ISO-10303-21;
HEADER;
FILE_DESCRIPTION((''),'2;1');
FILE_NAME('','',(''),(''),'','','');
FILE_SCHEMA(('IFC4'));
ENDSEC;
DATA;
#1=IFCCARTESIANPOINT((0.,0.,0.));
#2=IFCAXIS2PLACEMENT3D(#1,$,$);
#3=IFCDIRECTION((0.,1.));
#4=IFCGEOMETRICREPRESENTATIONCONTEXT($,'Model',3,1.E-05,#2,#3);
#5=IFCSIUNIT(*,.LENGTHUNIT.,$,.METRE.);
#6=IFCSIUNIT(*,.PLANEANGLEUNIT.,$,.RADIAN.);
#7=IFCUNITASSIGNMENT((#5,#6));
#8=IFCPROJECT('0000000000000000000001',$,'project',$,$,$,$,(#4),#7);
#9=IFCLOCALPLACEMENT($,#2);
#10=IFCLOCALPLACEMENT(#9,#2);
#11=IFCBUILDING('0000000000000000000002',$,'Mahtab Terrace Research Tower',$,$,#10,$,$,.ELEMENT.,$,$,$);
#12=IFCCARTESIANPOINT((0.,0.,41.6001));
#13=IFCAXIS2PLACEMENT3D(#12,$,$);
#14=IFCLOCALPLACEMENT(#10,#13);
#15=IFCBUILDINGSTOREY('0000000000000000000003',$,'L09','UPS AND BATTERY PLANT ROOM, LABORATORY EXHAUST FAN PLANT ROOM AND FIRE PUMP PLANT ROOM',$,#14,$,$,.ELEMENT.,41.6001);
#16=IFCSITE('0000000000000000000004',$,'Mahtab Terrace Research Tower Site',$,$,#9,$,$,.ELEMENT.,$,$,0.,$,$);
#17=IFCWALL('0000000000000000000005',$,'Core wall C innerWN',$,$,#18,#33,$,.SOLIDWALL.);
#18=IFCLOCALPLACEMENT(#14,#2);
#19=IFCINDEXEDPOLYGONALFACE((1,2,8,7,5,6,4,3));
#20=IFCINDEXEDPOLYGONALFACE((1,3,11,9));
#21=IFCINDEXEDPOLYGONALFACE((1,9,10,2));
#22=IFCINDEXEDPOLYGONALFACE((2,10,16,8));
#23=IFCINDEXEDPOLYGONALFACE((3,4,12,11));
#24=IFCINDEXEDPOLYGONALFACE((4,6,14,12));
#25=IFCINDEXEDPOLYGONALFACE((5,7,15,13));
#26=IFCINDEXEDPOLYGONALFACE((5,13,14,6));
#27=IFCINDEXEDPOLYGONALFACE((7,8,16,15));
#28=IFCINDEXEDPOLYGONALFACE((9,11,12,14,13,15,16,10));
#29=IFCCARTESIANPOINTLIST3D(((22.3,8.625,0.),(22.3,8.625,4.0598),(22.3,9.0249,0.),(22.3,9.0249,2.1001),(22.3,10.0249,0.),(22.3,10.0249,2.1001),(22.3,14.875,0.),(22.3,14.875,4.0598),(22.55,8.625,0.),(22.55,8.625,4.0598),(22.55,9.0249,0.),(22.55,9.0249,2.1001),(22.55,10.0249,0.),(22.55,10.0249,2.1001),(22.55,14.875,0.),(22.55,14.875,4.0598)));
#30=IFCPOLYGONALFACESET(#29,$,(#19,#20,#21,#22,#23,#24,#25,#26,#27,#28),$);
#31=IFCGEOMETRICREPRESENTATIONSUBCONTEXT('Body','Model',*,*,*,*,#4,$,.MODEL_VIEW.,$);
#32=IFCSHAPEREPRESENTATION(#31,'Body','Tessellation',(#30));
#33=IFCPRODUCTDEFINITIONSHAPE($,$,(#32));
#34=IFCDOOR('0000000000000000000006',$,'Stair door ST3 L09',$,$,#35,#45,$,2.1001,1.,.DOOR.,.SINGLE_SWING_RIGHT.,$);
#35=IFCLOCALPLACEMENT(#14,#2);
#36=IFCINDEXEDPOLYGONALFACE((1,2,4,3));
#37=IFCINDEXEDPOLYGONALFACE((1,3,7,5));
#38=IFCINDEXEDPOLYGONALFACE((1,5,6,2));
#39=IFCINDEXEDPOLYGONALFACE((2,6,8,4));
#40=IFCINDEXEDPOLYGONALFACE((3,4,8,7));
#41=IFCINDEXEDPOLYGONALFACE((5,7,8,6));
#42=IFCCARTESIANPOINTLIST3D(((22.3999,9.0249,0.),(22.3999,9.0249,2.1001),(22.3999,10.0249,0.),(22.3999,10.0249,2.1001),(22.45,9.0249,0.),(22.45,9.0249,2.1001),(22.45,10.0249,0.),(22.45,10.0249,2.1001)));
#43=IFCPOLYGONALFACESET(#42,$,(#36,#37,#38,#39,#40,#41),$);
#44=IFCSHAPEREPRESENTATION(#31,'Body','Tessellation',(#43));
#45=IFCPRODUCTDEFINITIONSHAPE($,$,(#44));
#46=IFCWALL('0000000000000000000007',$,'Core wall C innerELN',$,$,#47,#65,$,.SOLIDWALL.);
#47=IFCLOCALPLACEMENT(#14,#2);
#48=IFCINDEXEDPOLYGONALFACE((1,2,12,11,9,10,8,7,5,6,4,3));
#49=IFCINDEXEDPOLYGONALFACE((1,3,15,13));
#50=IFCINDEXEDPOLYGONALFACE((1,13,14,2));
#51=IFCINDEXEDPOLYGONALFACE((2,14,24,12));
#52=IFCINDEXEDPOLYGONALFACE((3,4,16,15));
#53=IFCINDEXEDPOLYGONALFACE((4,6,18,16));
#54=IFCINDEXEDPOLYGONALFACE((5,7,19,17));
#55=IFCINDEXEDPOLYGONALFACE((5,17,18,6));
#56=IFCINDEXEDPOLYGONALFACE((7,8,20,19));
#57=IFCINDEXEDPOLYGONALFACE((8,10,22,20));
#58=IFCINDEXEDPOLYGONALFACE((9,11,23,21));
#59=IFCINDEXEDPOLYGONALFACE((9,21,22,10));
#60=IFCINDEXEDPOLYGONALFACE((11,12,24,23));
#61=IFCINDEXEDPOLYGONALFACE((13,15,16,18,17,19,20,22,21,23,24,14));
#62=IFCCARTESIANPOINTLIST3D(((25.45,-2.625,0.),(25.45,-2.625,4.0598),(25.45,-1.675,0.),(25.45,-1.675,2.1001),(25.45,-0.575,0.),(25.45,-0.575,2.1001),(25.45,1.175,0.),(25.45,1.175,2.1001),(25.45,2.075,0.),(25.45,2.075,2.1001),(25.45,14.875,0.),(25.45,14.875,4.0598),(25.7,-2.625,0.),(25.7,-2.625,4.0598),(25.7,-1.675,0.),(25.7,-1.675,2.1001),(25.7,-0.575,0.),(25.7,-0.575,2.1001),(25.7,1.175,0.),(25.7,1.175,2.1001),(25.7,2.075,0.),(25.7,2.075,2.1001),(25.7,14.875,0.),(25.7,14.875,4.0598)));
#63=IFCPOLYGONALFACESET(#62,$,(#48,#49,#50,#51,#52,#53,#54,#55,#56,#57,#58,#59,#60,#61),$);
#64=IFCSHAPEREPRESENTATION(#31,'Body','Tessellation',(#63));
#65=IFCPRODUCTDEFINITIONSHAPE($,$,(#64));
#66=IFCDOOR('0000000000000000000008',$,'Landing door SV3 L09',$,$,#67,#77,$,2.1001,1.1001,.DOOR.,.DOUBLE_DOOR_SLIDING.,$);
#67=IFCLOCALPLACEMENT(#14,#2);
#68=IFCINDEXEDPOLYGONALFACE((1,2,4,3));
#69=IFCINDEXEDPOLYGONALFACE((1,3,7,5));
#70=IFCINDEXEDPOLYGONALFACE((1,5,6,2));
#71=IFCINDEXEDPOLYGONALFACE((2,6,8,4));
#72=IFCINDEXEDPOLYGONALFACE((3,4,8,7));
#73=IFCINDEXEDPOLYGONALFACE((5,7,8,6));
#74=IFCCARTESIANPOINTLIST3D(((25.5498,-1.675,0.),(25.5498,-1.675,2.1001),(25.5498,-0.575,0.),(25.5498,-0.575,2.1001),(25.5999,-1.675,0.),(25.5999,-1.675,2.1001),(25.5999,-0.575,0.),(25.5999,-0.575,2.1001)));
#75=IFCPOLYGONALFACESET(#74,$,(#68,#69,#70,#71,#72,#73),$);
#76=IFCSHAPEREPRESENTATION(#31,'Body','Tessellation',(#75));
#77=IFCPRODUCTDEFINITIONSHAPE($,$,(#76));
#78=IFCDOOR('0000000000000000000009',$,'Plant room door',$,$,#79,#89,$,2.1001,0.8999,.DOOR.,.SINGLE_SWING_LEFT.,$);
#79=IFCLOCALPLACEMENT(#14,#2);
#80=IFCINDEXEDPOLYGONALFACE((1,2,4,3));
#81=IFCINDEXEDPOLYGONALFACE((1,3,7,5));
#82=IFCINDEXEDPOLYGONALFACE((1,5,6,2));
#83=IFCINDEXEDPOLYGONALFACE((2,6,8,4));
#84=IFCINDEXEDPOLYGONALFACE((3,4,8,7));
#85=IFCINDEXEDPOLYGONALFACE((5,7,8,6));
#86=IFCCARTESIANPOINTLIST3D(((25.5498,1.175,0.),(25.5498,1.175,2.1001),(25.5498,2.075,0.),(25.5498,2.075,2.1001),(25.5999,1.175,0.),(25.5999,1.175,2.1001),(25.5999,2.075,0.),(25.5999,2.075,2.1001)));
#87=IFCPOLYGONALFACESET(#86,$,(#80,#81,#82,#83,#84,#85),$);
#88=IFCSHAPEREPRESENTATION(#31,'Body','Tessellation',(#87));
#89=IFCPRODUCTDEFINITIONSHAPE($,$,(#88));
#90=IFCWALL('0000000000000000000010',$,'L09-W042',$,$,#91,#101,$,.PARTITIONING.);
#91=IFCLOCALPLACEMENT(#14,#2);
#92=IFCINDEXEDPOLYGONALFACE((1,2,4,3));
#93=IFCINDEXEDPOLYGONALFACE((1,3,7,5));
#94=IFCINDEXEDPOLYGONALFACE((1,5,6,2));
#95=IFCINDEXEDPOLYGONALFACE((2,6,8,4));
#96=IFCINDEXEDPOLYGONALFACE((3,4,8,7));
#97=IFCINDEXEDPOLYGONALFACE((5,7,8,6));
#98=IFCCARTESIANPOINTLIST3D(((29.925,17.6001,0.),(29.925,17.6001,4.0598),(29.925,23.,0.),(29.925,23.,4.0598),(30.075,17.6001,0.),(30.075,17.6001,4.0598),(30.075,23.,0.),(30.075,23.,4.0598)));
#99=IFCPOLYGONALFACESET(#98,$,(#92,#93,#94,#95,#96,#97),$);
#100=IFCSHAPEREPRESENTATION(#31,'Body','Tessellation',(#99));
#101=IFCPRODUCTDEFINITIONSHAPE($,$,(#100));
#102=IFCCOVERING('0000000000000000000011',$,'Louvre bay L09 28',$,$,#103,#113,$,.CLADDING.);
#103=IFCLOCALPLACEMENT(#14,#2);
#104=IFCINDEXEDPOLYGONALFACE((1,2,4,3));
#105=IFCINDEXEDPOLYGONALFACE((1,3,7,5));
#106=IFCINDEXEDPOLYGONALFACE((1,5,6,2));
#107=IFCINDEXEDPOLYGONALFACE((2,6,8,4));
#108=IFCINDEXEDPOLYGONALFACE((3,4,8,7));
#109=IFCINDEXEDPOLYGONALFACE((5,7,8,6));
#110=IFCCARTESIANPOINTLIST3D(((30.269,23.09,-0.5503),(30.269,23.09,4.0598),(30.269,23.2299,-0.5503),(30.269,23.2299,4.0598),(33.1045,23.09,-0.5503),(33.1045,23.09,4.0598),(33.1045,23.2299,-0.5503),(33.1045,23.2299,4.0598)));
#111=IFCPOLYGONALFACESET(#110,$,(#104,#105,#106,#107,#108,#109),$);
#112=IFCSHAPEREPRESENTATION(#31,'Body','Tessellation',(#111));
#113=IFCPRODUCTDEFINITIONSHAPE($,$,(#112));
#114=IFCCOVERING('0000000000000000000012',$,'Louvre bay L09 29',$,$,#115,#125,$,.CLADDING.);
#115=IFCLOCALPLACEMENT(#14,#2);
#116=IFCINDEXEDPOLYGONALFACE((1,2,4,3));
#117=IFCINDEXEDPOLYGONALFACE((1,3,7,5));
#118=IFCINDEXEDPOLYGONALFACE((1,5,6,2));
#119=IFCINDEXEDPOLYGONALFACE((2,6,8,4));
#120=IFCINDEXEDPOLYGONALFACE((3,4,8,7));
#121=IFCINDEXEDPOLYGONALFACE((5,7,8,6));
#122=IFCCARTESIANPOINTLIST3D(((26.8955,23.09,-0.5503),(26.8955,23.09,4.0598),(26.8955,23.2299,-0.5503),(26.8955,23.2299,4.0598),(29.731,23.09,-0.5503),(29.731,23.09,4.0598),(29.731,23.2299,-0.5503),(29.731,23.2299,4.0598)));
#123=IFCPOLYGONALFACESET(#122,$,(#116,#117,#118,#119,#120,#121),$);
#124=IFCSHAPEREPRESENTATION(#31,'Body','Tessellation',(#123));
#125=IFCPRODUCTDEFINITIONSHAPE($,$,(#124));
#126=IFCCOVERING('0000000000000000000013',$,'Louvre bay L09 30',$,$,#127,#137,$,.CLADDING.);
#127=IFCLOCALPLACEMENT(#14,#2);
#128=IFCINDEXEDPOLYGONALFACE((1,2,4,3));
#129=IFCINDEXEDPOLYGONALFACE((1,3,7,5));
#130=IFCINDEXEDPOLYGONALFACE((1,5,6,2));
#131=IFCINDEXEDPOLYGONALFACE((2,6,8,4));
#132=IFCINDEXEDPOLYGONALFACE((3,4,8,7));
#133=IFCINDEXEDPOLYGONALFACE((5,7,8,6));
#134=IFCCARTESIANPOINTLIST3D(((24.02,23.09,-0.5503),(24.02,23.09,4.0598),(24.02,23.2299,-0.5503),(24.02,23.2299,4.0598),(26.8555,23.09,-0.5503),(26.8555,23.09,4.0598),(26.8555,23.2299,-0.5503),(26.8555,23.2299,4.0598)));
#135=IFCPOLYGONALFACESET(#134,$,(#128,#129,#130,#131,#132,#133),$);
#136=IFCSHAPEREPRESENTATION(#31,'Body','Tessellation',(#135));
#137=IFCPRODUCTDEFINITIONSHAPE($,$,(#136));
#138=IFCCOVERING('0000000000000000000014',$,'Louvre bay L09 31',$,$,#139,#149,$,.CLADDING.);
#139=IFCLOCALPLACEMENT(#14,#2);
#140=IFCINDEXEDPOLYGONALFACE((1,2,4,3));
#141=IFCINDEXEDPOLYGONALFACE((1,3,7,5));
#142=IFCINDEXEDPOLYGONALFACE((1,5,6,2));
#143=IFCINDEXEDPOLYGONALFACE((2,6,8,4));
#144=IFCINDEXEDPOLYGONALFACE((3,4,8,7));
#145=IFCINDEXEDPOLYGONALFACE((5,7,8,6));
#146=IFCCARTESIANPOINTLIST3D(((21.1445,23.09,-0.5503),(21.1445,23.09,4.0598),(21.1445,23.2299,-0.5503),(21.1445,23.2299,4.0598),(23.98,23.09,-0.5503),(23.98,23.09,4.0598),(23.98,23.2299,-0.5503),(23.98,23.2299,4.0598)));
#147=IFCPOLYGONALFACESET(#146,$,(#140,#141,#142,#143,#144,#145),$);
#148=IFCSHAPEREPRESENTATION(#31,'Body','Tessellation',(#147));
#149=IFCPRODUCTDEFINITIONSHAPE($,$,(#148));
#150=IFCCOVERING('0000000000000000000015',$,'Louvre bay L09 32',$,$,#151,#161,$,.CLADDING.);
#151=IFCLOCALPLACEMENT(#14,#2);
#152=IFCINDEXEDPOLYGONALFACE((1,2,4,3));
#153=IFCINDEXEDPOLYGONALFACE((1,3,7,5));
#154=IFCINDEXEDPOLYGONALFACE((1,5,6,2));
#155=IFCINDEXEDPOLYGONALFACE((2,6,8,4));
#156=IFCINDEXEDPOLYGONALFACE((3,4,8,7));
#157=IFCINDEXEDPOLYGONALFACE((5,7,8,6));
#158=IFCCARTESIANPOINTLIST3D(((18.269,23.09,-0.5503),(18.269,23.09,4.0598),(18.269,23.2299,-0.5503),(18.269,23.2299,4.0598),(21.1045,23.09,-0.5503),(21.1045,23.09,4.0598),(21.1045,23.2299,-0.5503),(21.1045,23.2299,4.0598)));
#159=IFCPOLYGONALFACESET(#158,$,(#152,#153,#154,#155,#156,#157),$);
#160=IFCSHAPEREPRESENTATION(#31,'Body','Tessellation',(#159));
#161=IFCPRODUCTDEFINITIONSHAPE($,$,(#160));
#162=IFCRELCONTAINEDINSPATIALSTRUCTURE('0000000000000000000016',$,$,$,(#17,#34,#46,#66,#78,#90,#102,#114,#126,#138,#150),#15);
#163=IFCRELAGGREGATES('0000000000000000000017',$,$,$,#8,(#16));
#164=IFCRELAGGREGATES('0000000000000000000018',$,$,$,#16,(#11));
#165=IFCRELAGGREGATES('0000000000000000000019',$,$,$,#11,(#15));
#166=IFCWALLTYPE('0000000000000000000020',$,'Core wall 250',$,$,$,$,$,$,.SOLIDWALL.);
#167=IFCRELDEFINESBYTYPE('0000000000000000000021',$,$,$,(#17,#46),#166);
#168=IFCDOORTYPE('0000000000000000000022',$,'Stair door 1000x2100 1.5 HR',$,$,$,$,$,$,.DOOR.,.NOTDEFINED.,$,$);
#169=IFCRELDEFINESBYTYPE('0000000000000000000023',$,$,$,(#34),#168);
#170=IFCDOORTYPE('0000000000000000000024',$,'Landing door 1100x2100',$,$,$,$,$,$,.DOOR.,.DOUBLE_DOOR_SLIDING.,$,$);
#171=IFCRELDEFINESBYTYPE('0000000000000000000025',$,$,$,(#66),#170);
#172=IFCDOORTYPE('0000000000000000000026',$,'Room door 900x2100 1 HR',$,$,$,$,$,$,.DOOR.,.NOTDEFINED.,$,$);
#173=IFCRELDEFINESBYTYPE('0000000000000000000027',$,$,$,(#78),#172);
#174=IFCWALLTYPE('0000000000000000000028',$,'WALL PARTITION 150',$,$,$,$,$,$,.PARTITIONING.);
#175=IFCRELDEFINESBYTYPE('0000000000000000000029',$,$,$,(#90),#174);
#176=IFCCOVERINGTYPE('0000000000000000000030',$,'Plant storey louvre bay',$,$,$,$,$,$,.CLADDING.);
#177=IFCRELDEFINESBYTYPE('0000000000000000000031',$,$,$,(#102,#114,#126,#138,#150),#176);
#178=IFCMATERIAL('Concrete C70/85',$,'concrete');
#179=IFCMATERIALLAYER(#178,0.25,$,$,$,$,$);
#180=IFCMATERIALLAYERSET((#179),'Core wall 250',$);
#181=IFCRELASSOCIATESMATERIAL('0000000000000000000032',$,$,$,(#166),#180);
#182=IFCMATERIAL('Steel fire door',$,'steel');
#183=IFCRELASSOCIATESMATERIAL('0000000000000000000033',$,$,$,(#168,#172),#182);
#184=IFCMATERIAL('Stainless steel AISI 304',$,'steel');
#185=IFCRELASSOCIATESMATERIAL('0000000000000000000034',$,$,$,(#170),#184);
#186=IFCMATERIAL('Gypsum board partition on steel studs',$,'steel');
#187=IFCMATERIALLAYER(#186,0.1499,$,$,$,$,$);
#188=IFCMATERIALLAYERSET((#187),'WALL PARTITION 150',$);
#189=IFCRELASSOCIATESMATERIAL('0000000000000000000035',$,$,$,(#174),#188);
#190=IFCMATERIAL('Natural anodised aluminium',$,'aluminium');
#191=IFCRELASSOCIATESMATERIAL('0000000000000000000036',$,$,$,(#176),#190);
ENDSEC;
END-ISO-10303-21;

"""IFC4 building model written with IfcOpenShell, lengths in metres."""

from ifc_helpers import new_model, si_unit, direction, frame, frame_2d, origin, origin_2d, place, context, subcontext, project, spatial, rectangle, extrude, material, layer, layer_set, type_object, element, fill, save


model = new_model("IFC4")

# Units and contexts
model_context = context("Model", 3, precision=1e-05, world=origin(), true_north=direction((0.0, 1.0)))
body_context = subcontext(model_context, "Body", "Model", "MODEL_VIEW")
ifc_project = project(units=[si_unit("LENGTHUNIT", "METRE"), si_unit("PLANEANGLEUNIT", "RADIAN")], contexts=[model_context])

# Site, building, storey
site_placement = place(None, origin())
site = spatial("IfcSite", under=ifc_project, at=site_placement, Name="Mahtab Terrace Research Tower Site", CompositionType="ELEMENT", RefElevation=0.0)
building_placement = place(site_placement, origin())
building = spatial("IfcBuilding", under=site, at=building_placement, Name="Mahtab Terrace Research Tower", CompositionType="ELEMENT")
storey_placement = place(building_placement, frame((0.0, 0.0, 41.6001)))
storey = spatial("IfcBuildingStorey", under=building, at=storey_placement, Name="L09", Description="UPS AND BATTERY PLANT ROOM, LABORATORY EXHAUST FAN PLANT ROOM AND FIRE PUMP PLANT ROOM", CompositionType="ELEMENT", Elevation=41.6001)

# Wall, opening, door
ifc_material_1 = material(Name="Concrete C70/85", Category="concrete")
ifc_layer_1 = layer(ifc_material_1, 0.25)
ifc_layer_set_1 = layer_set([ifc_layer_1], Name="Core wall 250")
wall_type_1 = type_object("IfcWallType", Name="Core wall 250", PredefinedType="SOLIDWALL", material=ifc_layer_set_1)
ifc_material_2 = material(Name="Steel fire door", Category="steel")
wall_1_placement = place(storey_placement, frame((22.425, 14.875, 0.0), z_axis=(0.0, 0.0, 1.0), x_axis=(0.0, -1.0, 0.0)))
wall_1 = element("IfcWall", 1, at=wall_1_placement, inside=storey, type_object=wall_type_1, Name="Core wall C innerWN", PredefinedType="SOLIDWALL", context=body_context, shape_type="SweptSolid", body=[
    extrude(rectangle(XDim=6.25, YDim=0.25, at=frame_2d((3.125, 0.0))), origin(), (0.0, 0.0, 1.0), 4.0598),
])
opening_1_placement = place(wall_1_placement, frame((4.8501, 0.0, 0.0)))
opening_1 = element("IfcOpeningElement", 2, at=opening_1_placement, cuts=wall_1, PredefinedType="OPENING", context=body_context, shape_type="SweptSolid", body=[
    extrude(rectangle(XDim=1.0, YDim=2.1001, at=frame_2d((0.5, 1.05))), frame((0.0, 0.135, 0.0), z_axis=(0.0, -1.0, 0.0), x_axis=(1.0, 0.0, 0.0)), (0.0, 0.0, 1.0), 0.27),
])
door_type_1 = type_object("IfcDoorType", Name="Stair door 1000x2100 1.5 HR", OperationType="NOTDEFINED", PredefinedType="DOOR", material=ifc_material_2)
door_1_placement = place(opening_1_placement, origin())
door_1 = element("IfcDoor", 3, at=door_1_placement, inside=storey, type_object=door_type_1, Name="Stair door ST3 L09", OperationType="SINGLE_SWING_RIGHT", OverallHeight=2.1001, OverallWidth=1.0, PredefinedType="DOOR", context=body_context, shape_type="SweptSolid", body=[
    extrude(rectangle(XDim=1.0, YDim=2.1001, at=frame_2d((0.5, 1.05))), frame((0.0, 0.0249, 0.0), z_axis=(0.0, -1.0, 0.0), x_axis=(1.0, 0.0, 0.0)), (0.0, 0.0, 1.0), 0.05),
])
fill(opening_1, door_1)

# Wall, openings, doors
wall_2_placement = place(storey_placement, frame((25.575, 14.875, 0.0), z_axis=(0.0, 0.0, 1.0), x_axis=(0.0, -1.0, 0.0)))
wall_2 = element("IfcWall", 4, at=wall_2_placement, inside=storey, type_object=wall_type_1, Name="Core wall C innerELN", PredefinedType="SOLIDWALL", context=body_context, shape_type="SweptSolid", body=[
    extrude(rectangle(XDim=17.5, YDim=0.25, at=frame_2d((8.75, 0.0))), origin(), (0.0, 0.0, 1.0), 4.0598),
])
opening_2_placement = place(wall_2_placement, frame((15.45, 0.0, 0.0)))
opening_2 = element("IfcOpeningElement", 5, at=opening_2_placement, cuts=wall_2, PredefinedType="OPENING", context=body_context, shape_type="SweptSolid", body=[
    extrude(rectangle(XDim=1.1001, YDim=2.1001, at=frame_2d((0.55, 1.05))), frame((0.0, 0.135, 0.0), z_axis=(0.0, -1.0, 0.0), x_axis=(1.0, 0.0, 0.0)), (0.0, 0.0, 1.0), 0.27),
])
opening_3_placement = place(wall_2_placement, frame((12.8, 0.0, 0.0)))
opening_3 = element("IfcOpeningElement", 6, at=opening_3_placement, cuts=wall_2, PredefinedType="OPENING", context=body_context, shape_type="SweptSolid", body=[
    extrude(rectangle(XDim=0.8999, YDim=2.1001, at=frame_2d((0.45, 1.05))), frame((0.0, 0.135, 0.0), z_axis=(0.0, -1.0, 0.0), x_axis=(1.0, 0.0, 0.0)), (0.0, 0.0, 1.0), 0.27),
])
ifc_material_3 = material(Name="Stainless steel AISI 304", Category="steel")
door_type_2 = type_object("IfcDoorType", Name="Landing door 1100x2100", OperationType="DOUBLE_DOOR_SLIDING", PredefinedType="DOOR", material=ifc_material_3)
door_2_placement = place(opening_2_placement, origin())
door_2 = element("IfcDoor", 7, at=door_2_placement, inside=storey, type_object=door_type_2, Name="Landing door SV3 L09", OperationType="DOUBLE_DOOR_SLIDING", OverallHeight=2.1001, OverallWidth=1.1001, PredefinedType="DOOR", context=body_context, shape_type="SweptSolid", body=[
    extrude(rectangle(XDim=1.1001, YDim=2.1001, at=frame_2d((0.55, 1.05))), frame((0.0, 0.0249, 0.0), z_axis=(0.0, -1.0, 0.0), x_axis=(1.0, 0.0, 0.0)), (0.0, 0.0, 1.0), 0.05),
])
fill(opening_2, door_2)
door_type_3 = type_object("IfcDoorType", Name="Room door 900x2100 1 HR", OperationType="NOTDEFINED", PredefinedType="DOOR", material=ifc_material_2)
door_3_placement = place(opening_3_placement, origin())
door_3 = element("IfcDoor", 8, at=door_3_placement, inside=storey, type_object=door_type_3, Name="Plant room door", OperationType="SINGLE_SWING_LEFT", OverallHeight=2.1001, OverallWidth=0.8999, PredefinedType="DOOR", context=body_context, shape_type="SweptSolid", body=[
    extrude(rectangle(XDim=0.8999, YDim=2.1001, at=frame_2d((0.45, 1.05))), frame((0.0, 0.0249, 0.0), z_axis=(0.0, -1.0, 0.0), x_axis=(1.0, 0.0, 0.0)), (0.0, 0.0, 1.0), 0.05),
])
fill(opening_3, door_3)

# Wall
ifc_material_4 = material(Name="Gypsum board partition on steel studs", Category="steel")
ifc_layer_2 = layer(ifc_material_4, 0.1499)
ifc_layer_set_2 = layer_set([ifc_layer_2], Name="WALL PARTITION 150")
wall_type_2 = type_object("IfcWallType", Name="WALL PARTITION 150", PredefinedType="PARTITIONING", material=ifc_layer_set_2)
wall_3_placement = place(storey_placement, frame((30.0, 17.6001, 0.0), z_axis=(0.0, 0.0, 1.0), x_axis=(0.0, 1.0, 0.0)))
element("IfcWall", 9, at=wall_3_placement, inside=storey, type_object=wall_type_2, Name="L09-W042", PredefinedType="PARTITIONING", context=body_context, shape_type="SweptSolid", body=[
    extrude(rectangle(XDim=5.3999, YDim=0.1499, at=frame_2d((2.7, 0.0))), origin(), (0.0, 0.0, 1.0), 4.0598),
])

# Coverings
ifc_material_5 = material(Name="Natural anodised aluminium", Category="aluminium")
covering_type = type_object("IfcCoveringType", Name="Plant storey louvre bay", PredefinedType="CLADDING", material=ifc_material_5)
for number, where, z_axis, x_axis, name in (
    (10, (31.6868, 23.1599, -0.5503), (0.0, 0.0, 1.0), (-1.0, 0.0, 0.0), "Louvre bay L09 28"),
    (11, (28.3132, 23.1599, -0.5503), (0.0, 0.0, 1.0), (-1.0, 0.0, 0.0), "Louvre bay L09 29"),
    (12, (25.4377, 23.1599, -0.5503), (0.0, 0.0, 1.0), (-1.0, 0.0, 0.0), "Louvre bay L09 30"),
    (13, (22.5623, 23.1599, -0.5503), (0.0, 0.0, 1.0), (-1.0, 0.0, 0.0), "Louvre bay L09 31"),
    (14, (19.6868, 23.1599, -0.5503), (0.0, 0.0, 1.0), (-1.0, 0.0, 0.0), "Louvre bay L09 32"),
):
    element("IfcCovering", number, at=place(storey_placement, frame(where, z_axis=z_axis, x_axis=x_axis)), inside=storey, type_object=covering_type, Name=name, PredefinedType="CLADDING", context=body_context, shape_type="SweptSolid", body=[
        extrude(rectangle(XDim=2.8354, YDim=0.1399, at=origin_2d()), origin(), (0.0, 0.0, 1.0), 4.6101),
    ])

save(model, "model.ifc")
